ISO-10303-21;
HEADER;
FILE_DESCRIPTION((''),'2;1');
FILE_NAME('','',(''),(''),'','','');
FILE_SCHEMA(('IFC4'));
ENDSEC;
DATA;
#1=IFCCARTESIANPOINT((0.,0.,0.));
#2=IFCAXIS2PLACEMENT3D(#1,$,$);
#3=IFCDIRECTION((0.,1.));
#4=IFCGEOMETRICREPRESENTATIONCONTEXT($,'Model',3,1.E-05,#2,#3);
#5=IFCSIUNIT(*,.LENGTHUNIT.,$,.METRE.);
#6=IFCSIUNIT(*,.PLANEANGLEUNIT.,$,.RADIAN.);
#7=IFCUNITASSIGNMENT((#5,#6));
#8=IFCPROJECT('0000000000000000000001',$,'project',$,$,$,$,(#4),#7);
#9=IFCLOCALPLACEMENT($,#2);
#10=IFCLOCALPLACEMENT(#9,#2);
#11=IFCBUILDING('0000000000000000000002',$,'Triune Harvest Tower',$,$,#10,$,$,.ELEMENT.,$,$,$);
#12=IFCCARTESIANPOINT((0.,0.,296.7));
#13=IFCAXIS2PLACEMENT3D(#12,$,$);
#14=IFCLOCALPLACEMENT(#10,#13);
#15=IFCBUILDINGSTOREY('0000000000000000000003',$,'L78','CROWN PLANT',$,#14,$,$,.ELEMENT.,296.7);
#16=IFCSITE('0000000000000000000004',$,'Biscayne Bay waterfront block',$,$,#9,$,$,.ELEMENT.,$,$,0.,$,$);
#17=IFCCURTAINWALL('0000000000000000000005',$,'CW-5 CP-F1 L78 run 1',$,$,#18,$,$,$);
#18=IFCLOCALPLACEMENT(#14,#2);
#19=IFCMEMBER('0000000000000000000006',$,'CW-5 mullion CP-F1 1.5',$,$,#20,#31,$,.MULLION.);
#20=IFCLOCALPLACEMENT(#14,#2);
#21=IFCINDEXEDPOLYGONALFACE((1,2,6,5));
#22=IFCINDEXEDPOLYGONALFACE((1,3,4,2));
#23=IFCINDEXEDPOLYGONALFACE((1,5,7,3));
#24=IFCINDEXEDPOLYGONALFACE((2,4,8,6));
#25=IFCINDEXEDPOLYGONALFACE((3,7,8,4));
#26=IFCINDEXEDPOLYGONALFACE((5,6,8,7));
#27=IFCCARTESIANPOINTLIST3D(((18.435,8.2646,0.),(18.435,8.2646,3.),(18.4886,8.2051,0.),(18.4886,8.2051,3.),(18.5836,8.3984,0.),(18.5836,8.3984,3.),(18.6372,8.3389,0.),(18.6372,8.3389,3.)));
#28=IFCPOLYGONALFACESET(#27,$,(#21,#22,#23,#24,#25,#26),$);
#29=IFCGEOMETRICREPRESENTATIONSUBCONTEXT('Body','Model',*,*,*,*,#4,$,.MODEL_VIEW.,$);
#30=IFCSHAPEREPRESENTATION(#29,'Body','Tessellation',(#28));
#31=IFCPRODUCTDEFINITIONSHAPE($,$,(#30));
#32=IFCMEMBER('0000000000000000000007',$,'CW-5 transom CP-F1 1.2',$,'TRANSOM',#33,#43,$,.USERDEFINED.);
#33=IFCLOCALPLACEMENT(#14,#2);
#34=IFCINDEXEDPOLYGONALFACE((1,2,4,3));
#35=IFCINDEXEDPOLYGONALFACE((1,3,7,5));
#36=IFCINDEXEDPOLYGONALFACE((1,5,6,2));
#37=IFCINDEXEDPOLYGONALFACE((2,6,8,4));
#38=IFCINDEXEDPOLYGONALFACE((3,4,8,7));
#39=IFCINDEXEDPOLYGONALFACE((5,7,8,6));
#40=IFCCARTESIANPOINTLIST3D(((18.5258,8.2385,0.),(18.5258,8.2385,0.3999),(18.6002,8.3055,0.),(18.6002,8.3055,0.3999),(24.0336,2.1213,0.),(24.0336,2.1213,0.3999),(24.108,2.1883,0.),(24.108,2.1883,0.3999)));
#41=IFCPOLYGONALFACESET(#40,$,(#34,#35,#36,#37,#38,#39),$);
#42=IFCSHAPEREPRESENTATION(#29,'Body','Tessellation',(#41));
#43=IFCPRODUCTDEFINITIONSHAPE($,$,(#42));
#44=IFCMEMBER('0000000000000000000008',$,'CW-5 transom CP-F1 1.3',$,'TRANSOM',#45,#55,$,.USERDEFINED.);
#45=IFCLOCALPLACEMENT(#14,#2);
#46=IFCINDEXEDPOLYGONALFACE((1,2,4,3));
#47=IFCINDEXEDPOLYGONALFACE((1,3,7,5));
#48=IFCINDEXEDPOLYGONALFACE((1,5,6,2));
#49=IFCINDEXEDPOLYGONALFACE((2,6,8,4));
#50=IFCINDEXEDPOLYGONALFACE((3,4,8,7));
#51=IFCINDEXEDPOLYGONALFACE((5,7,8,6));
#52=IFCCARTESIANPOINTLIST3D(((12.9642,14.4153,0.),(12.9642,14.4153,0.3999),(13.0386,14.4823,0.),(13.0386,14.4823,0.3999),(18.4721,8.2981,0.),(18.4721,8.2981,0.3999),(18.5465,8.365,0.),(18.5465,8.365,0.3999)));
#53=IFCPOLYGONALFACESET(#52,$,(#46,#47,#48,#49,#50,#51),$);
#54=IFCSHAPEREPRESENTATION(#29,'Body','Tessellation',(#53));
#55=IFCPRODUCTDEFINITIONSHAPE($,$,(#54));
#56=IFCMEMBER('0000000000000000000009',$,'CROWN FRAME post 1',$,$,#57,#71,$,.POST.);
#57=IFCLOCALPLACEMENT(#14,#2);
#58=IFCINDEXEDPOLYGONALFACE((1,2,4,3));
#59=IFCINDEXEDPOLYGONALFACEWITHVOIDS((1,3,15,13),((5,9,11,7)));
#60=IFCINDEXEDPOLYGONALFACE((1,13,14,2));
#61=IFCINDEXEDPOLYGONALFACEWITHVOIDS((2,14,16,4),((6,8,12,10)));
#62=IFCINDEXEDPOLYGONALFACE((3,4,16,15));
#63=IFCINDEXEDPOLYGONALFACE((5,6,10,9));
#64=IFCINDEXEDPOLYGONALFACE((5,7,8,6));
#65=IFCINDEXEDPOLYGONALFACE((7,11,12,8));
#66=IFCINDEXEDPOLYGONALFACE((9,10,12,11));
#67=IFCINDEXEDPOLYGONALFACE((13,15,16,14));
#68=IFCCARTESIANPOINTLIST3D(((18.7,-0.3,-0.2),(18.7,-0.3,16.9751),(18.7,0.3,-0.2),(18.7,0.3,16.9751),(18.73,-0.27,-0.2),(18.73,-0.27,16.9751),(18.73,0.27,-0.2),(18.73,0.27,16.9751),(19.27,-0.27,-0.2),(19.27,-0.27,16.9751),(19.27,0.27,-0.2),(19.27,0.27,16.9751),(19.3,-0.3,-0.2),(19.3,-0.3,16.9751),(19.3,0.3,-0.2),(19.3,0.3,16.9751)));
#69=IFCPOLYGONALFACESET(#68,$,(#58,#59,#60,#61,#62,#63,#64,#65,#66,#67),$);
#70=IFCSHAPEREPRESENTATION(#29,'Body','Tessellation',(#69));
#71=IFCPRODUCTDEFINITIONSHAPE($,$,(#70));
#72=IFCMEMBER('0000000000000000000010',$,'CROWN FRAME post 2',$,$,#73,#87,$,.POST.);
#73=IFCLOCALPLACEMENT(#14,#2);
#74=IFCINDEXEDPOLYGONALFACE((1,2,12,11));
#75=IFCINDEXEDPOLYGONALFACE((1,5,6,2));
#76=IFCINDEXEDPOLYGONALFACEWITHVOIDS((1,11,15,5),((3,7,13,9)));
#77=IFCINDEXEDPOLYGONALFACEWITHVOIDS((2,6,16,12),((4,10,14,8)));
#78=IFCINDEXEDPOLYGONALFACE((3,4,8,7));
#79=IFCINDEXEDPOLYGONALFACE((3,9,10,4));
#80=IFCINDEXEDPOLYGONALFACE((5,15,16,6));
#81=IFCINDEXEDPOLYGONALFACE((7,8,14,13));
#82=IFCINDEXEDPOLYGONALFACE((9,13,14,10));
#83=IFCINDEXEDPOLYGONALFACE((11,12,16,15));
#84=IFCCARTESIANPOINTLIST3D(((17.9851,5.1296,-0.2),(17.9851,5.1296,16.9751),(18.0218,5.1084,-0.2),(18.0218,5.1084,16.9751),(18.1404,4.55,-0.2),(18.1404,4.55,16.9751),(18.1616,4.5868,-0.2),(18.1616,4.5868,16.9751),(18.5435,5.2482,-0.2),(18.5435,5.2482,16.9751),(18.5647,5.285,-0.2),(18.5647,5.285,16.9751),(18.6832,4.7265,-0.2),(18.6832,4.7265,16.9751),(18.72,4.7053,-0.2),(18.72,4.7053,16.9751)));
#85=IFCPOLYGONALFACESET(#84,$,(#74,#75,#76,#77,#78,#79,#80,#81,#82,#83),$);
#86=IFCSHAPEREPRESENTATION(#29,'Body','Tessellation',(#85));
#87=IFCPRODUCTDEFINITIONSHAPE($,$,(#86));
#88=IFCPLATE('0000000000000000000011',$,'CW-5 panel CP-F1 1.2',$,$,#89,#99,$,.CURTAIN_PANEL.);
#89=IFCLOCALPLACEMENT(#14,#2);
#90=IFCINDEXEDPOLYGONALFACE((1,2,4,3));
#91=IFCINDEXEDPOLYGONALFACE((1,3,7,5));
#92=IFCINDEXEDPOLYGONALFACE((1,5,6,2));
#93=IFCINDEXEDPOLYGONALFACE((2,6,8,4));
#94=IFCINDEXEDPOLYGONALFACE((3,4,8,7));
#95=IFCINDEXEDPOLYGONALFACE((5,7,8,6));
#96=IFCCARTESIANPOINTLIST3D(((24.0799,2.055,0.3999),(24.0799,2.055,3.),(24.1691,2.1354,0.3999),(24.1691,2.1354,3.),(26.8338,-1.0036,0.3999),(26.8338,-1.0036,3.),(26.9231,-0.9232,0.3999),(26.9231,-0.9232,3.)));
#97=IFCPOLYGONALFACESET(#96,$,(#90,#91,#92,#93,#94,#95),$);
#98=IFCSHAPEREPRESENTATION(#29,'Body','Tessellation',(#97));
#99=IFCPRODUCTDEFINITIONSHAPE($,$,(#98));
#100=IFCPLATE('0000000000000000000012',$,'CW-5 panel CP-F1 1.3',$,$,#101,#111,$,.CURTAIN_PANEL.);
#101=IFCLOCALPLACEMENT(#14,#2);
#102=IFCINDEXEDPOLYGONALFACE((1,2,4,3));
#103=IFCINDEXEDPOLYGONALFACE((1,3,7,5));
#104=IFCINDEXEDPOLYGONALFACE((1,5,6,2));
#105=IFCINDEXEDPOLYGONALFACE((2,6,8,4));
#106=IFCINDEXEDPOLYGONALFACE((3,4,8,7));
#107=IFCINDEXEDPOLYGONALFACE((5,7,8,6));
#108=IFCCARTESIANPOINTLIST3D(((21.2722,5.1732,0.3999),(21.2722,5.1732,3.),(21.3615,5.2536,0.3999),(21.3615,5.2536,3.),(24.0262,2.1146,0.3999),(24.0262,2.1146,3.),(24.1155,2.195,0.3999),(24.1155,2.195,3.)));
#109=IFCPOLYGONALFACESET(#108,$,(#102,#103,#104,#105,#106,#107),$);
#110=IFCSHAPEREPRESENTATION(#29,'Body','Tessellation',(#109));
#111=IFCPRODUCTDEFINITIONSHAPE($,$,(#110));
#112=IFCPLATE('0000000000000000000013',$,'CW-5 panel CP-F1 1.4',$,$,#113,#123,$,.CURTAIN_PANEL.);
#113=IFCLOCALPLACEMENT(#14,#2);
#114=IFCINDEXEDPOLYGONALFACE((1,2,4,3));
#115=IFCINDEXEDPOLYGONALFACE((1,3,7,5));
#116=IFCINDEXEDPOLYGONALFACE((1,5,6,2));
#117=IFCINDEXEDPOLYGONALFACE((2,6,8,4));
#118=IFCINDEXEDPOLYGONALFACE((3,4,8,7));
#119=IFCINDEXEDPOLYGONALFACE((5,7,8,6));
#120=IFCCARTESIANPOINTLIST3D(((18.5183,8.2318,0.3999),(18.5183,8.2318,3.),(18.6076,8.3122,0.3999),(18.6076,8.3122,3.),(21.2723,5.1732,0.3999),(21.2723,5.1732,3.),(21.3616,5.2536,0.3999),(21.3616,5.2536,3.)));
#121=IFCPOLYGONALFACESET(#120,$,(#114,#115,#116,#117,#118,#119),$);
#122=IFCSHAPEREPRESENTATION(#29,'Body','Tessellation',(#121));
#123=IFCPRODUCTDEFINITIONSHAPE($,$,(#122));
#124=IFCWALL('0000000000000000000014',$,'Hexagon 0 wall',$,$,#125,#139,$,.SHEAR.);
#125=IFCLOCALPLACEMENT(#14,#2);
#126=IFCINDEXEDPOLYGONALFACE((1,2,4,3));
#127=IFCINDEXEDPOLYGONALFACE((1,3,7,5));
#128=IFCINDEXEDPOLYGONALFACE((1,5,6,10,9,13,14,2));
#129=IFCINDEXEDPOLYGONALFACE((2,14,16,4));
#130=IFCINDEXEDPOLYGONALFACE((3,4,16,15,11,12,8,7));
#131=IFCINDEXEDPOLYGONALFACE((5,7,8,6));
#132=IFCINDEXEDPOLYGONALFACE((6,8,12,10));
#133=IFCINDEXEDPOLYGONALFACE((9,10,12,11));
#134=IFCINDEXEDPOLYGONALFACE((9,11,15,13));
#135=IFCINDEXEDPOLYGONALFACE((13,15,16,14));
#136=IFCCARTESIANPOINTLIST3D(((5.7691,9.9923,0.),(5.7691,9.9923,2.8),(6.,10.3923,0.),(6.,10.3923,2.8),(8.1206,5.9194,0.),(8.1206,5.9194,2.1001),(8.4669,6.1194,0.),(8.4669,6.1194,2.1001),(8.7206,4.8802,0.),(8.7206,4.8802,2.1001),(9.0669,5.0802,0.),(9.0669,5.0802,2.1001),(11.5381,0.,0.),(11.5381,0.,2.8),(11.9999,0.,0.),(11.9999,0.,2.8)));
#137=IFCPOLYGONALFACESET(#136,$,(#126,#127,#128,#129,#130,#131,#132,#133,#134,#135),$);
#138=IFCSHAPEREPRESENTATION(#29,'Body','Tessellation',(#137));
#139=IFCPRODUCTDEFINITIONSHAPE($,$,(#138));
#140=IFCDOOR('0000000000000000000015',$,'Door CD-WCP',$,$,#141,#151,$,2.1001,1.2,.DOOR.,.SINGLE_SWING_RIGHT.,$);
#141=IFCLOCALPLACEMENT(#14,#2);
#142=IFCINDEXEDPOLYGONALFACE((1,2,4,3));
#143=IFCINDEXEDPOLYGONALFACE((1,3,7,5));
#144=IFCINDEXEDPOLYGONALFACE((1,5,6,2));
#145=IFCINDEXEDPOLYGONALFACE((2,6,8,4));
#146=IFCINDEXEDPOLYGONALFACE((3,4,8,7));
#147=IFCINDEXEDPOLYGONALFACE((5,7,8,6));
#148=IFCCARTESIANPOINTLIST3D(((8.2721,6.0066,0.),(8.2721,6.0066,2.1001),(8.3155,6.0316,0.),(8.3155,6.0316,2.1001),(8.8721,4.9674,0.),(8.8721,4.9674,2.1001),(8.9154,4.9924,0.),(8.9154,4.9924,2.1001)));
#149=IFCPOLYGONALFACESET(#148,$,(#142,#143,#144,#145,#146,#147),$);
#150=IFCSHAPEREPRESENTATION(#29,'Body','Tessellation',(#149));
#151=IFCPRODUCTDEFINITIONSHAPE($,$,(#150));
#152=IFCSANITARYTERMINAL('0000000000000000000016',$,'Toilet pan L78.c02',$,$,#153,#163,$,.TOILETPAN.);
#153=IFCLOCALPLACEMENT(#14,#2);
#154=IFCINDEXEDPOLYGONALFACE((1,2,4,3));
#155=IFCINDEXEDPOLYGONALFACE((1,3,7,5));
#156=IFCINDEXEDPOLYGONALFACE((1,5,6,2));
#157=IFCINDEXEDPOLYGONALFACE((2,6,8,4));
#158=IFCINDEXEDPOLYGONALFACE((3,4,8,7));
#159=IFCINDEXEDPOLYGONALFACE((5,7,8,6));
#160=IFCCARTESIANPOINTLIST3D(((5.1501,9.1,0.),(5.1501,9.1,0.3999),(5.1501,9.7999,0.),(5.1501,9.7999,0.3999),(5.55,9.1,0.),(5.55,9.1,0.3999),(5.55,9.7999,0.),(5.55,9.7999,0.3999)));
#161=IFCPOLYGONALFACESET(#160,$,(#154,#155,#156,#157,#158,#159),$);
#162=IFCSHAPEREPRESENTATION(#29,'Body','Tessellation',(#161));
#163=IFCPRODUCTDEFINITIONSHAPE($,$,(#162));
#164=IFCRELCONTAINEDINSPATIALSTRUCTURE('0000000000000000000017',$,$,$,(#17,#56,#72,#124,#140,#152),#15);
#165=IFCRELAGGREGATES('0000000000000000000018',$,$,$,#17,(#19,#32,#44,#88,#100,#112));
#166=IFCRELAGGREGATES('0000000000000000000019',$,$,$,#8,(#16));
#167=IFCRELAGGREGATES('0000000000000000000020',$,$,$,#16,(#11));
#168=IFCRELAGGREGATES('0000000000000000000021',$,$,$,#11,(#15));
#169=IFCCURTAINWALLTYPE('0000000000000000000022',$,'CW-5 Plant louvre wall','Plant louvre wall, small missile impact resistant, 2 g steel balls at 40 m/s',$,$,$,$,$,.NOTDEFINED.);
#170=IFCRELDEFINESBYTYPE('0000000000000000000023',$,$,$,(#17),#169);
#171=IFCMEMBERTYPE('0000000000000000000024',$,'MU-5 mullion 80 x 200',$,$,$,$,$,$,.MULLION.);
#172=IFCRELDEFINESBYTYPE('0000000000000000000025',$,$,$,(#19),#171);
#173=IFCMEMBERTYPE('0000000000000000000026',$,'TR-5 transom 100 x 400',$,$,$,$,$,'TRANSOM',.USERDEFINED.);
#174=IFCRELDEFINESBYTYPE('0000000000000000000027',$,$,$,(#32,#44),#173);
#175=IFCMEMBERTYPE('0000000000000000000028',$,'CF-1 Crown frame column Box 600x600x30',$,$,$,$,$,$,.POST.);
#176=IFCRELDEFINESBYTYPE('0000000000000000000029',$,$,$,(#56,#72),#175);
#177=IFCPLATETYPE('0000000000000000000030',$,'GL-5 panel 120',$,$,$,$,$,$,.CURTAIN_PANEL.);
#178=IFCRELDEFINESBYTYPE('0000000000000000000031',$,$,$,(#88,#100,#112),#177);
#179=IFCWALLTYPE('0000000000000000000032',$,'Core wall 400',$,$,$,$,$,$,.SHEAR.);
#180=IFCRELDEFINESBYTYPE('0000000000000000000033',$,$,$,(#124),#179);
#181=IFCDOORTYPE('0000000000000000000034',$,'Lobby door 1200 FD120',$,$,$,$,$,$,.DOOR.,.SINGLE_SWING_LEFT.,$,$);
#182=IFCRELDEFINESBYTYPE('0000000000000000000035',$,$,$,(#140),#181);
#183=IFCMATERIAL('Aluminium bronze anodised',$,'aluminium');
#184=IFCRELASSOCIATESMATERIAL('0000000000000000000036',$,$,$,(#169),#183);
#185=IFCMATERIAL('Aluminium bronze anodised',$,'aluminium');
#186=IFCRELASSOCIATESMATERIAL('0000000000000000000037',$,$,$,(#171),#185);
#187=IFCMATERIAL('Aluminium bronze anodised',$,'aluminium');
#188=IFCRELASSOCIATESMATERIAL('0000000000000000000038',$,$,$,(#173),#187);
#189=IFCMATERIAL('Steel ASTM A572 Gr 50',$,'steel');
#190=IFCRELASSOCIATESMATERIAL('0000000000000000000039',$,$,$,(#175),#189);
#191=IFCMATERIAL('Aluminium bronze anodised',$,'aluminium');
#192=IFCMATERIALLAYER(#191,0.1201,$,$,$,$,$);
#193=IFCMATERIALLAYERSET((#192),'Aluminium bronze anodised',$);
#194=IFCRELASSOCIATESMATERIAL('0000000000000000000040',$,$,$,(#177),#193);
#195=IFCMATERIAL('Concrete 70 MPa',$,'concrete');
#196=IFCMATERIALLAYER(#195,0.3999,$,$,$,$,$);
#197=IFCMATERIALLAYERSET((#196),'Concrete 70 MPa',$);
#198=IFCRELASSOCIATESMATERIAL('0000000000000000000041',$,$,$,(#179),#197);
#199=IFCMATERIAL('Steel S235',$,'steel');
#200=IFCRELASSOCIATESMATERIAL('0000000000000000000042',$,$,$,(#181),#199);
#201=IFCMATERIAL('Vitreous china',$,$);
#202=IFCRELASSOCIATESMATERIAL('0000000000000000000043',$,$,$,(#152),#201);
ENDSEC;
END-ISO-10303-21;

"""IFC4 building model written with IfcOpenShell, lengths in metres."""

from ifc_helpers import new_model, si_unit, direction, frame, frame_2d, origin, origin_2d, place, context, subcontext, project, spatial, polyline, rectangle, hollow_rectangle, outline, extrude, source, transform, mapped, material, layer, layer_set, material_profile, profile_set, type_object, element, fill, aggregate, save


model = new_model("IFC4")

# Units and contexts
model_context = context("Model", 3, precision=1e-05, world=origin(), true_north=direction((0.0, 1.0)))
body_context = subcontext(model_context, "Body", "Model", "MODEL_VIEW")
ifc_project = project(units=[si_unit("LENGTHUNIT", "METRE"), si_unit("PLANEANGLEUNIT", "RADIAN")], contexts=[model_context])

# Site, building, storey
site_placement = place(None, origin())
site = spatial("IfcSite", under=ifc_project, at=site_placement, Name="Biscayne Bay waterfront block", CompositionType="ELEMENT", RefElevation=0.0)
building_placement = place(site_placement, origin())
building = spatial("IfcBuilding", under=site, at=building_placement, Name="Triune Harvest Tower", CompositionType="ELEMENT")
storey_placement = place(building_placement, frame((0.0, 0.0, 296.7)))
storey = spatial("IfcBuildingStorey", under=building, at=storey_placement, Name="L78", Description="CROWN PLANT", CompositionType="ELEMENT", Elevation=296.7)

# Curtain wall, members
ifc_material_1 = material(Name="Aluminium bronze anodised", Category="aluminium")
curtain_wall_type = type_object("IfcCurtainWallType", Name="CW-5 Plant louvre wall", Description="Plant louvre wall, small missile impact resistant, 2 g steel balls at 40 m/s", PredefinedType="NOTDEFINED", material=ifc_material_1)
curtain_wall_placement = place(storey_placement, origin())
curtain_wall = element("IfcCurtainWall", 1, at=curtain_wall_placement, inside=storey, type_object=curtain_wall_type, Name="CW-5 CP-F1 L78 run 1")
ifc_material_2 = material(Name="Aluminium bronze anodised", Category="aluminium")
ifc_material_profile_1 = material_profile(ifc_material_2, rectangle(XDim=0.2, YDim=0.0801, at=origin_2d()), Name="MU-5 mullion 80 x 200")
ifc_profile_set_1 = profile_set([ifc_material_profile_1], Name="Aluminium bronze anodised")
member_type_1 = type_object("IfcMemberType", Name="MU-5 mullion 80 x 200", PredefinedType="MULLION", material=ifc_profile_set_1)
shared_shape_1 = source(origin(), body_context, "Body", "SweptSolid", [
    extrude(rectangle(XDim=0.2, YDim=0.0801, at=origin_2d()), origin(), (0.0, 0.0, 1.0), 3.0),
])
member_1_placement = place(storey_placement, frame((18.5361, 8.3018, 0.0), z_axis=(0.0, 0.0, 1.0), x_axis=(-0.743144, -0.669131, 0.0)))
member_1 = element("IfcMember", 2, at=member_1_placement, type_object=member_type_1, Name="CW-5 mullion CP-F1 1.5", PredefinedType="MULLION", context=body_context, shape_type="MappedRepresentation", body=[
    mapped(shared_shape_1, transform((0.0, 0.0, 0.0), scale=1.0)),
])
ifc_material_3 = material(Name="Aluminium bronze anodised", Category="aluminium")
ifc_material_profile_2 = material_profile(ifc_material_3, rectangle(XDim=0.1001, YDim=0.3999, at=origin_2d()), Name="TR-5 transom 100 x 400")
ifc_profile_set_2 = profile_set([ifc_material_profile_2], Name="Aluminium bronze anodised")
member_type_2 = type_object("IfcMemberType", Name="TR-5 transom 100 x 400", ElementType="TRANSOM", PredefinedType="USERDEFINED", material=ifc_profile_set_2)
shared_shape_2 = source(origin(), body_context, "Body", "SweptSolid", [
    extrude(rectangle(XDim=0.1001, YDim=0.3999, at=origin_2d()), origin(), (0.0, 0.0, 1.0), 8.2314),
])
member_2_placement = place(storey_placement, frame((24.0708, 2.1548, 0.2), z_axis=(-0.669122, 0.743153, 0.0), x_axis=(-0.743153, -0.669122, 0.0)))
member_2 = element("IfcMember", 3, at=member_2_placement, type_object=member_type_2, Name="CW-5 transom CP-F1 1.2", ObjectType="TRANSOM", PredefinedType="USERDEFINED", context=body_context, shape_type="MappedRepresentation", body=[
    mapped(shared_shape_2, transform((0.0, 0.0, 0.0), scale=1.0)),
])
member_3_placement = place(storey_placement, frame((18.5093, 8.3315, 0.2), z_axis=(-0.669122, 0.743153, 0.0), x_axis=(-0.743153, -0.669122, 0.0)))
member_3 = element("IfcMember", 4, at=member_3_placement, type_object=member_type_2, Name="CW-5 transom CP-F1 1.3", ObjectType="TRANSOM", PredefinedType="USERDEFINED", context=body_context, shape_type="MappedRepresentation", body=[
    mapped(shared_shape_2, transform((0.0, 0.0, 0.0), scale=1.0)),
])

# Members
ifc_material_4 = material(Name="Steel ASTM A572 Gr 50", Category="steel")
ifc_material_profile_3 = material_profile(ifc_material_4, hollow_rectangle(XDim=0.6001, YDim=0.6001, WallThickness=0.03, at=origin_2d()), Name="Box 600x600x30")
ifc_profile_set_3 = profile_set([ifc_material_profile_3], Name="Steel ASTM A572 Gr 50")
member_type_3 = type_object("IfcMemberType", Name="CF-1 Crown frame column Box 600x600x30", PredefinedType="POST", material=ifc_profile_set_3)
shared_shape_3 = source(origin(), body_context, "Body", "SweptSolid", [
    extrude(hollow_rectangle(XDim=0.6001, YDim=0.6001, WallThickness=0.03, at=origin_2d()), origin(), (0.0, 0.0, 1.0), 17.175),
])
for number, where, z_axis, x_axis, name in (
    (5, (19.0, 0.0, -0.2), (0.0, 0.0, 1.0), (0.0, 1.0, 0.0), "CROWN FRAME post 1"),
    (6, (18.3525, 4.9175, -0.2), (0.0, 0.0, 1.0), (-0.258819, 0.965926, 0.0), "CROWN FRAME post 2"),
):
    element("IfcMember", number, at=place(storey_placement, frame(where, z_axis=z_axis, x_axis=x_axis)), inside=storey, type_object=member_type_3, Name=name, PredefinedType="POST", context=body_context, shape_type="MappedRepresentation", body=[
        mapped(shared_shape_3, transform((0.0, 0.0, 0.0), scale=1.0)),
    ])

# Plates
ifc_material_5 = material(Name="Aluminium bronze anodised", Category="aluminium")
ifc_layer_1 = layer(ifc_material_5, 0.1201)
ifc_layer_set_1 = layer_set([ifc_layer_1], Name="Aluminium bronze anodised")
plate_type = type_object("IfcPlateType", Name="GL-5 panel 120", PredefinedType="CURTAIN_PANEL", material=ifc_layer_set_1)
shared_shape_4 = source(origin(), body_context, "Body", "SweptSolid", [
    extrude(rectangle(XDim=4.1157, YDim=0.1201, at=origin_2d()), origin(), (0.0, 0.0, 1.0), 2.6001),
])
plate_1_placement = place(storey_placement, frame((25.5015, 0.5659, 0.3999), z_axis=(0.0, 0.0, 1.0), x_axis=(-0.669131, 0.743144, 0.0)))
plate_1 = element("IfcPlate", 7, at=plate_1_placement, type_object=plate_type, Name="CW-5 panel CP-F1 1.2", PredefinedType="CURTAIN_PANEL", context=body_context, shape_type="MappedRepresentation", body=[
    mapped(shared_shape_4, transform((0.0, 0.0, 0.0), scale=1.0)),
])
plate_2_placement = place(storey_placement, frame((22.6938, 3.6841, 0.3999), z_axis=(0.0, 0.0, 1.0), x_axis=(-0.669131, 0.743144, 0.0)))
plate_2 = element("IfcPlate", 8, at=plate_2_placement, type_object=plate_type, Name="CW-5 panel CP-F1 1.3", PredefinedType="CURTAIN_PANEL", context=body_context, shape_type="MappedRepresentation", body=[
    mapped(shared_shape_4, transform((0.0, 0.0, 0.0), scale=1.0)),
])
plate_3_placement = place(storey_placement, frame((19.9399, 6.7427, 0.3999), z_axis=(0.0, 0.0, 1.0), x_axis=(-0.669131, 0.743144, 0.0)))
plate_3 = element("IfcPlate", 9, at=plate_3_placement, type_object=plate_type, Name="CW-5 panel CP-F1 1.4", PredefinedType="CURTAIN_PANEL", context=body_context, shape_type="MappedRepresentation", body=[
    mapped(shared_shape_4, transform((0.0, 0.0, 0.0), scale=1.0)),
])
aggregate(curtain_wall, [member_1, member_2, member_3, plate_1, plate_2, plate_3])

# Wall, opening, door
ifc_material_6 = material(Name="Concrete 70 MPa", Category="concrete")
ifc_layer_2 = layer(ifc_material_6, 0.3999)
ifc_layer_set_2 = layer_set([ifc_layer_2], Name="Concrete 70 MPa")
wall_type = type_object("IfcWallType", Name="Core wall 400", PredefinedType="SHEAR", material=ifc_layer_set_2)
shared_shape_5 = source(origin(), body_context, "Body", "SweptSolid", [
    extrude(outline(polyline([(-0.1155, -0.2), (11.8845, -0.2), (11.6536, 0.2), (0.1155, 0.2), (-0.1155, -0.2)])), origin(), (0.0, 0.0, 1.0), 2.8),
])
wall_placement = place(storey_placement, frame((11.769, 0.0, 0.0), z_axis=(0.0, 0.0, 1.0), x_axis=(-0.499997, 0.866027, 0.0)))
wall = element("IfcWall", 10, at=wall_placement, inside=storey, type_object=wall_type, Name="Hexagon 0 wall", PredefinedType="SHEAR", context=body_context, shape_type="MappedRepresentation", body=[
    mapped(shared_shape_5, transform((0.0, 0.0, 0.0), scale=1.0)),
])
opening_placement = place(wall_placement, frame((5.7505, 0.0, 0.0)))
opening = element("IfcOpeningElement", 11, at=opening_placement, cuts=wall, PredefinedType="OPENING", context=body_context, shape_type="SweptSolid", body=[
    extrude(rectangle(XDim=1.2, YDim=2.1001, at=frame_2d((0.6001, 1.05))), frame((0.0, 0.21, 0.0), z_axis=(0.0, -1.0, 0.0), x_axis=(1.0, 0.0, 0.0)), (0.0, 0.0, 1.0), 0.4199),
])
ifc_material_7 = material(Name="Steel S235", Category="steel")
door_type = type_object("IfcDoorType", Name="Lobby door 1200 FD120", OperationType="SINGLE_SWING_LEFT", PredefinedType="DOOR", material=ifc_material_7)
door_placement = place(opening_placement, frame((1.2, 0.0, 0.0), z_axis=(0.0, 0.0, 1.0), x_axis=(-1.0, 0.0, 0.0)))
door = element("IfcDoor", 12, at=door_placement, inside=storey, type_object=door_type, Name="Door CD-WCP", OperationType="SINGLE_SWING_RIGHT", OverallHeight=2.1001, OverallWidth=1.2, PredefinedType="DOOR", context=body_context, shape_type="SweptSolid", body=[
    extrude(rectangle(XDim=1.2, YDim=2.1001, at=frame_2d((0.6001, 1.05))), frame((0.0, 0.0249, 0.0), z_axis=(0.0, -1.0, 0.0), x_axis=(1.0, 0.0, 0.0)), (0.0, 0.0, 1.0), 0.05),
])
fill(opening, door)

# Sanitary terminal
ifc_material_8 = material(Name="Vitreous china")
shared_shape_6 = source(origin(), body_context, "Body", "SweptSolid", [
    extrude(rectangle(XDim=0.3999, YDim=0.7, at=origin_2d()), origin(), (0.0, 0.0, 1.0), 0.3999),
])
sanitary_terminal_placement = place(storey_placement, frame((5.3501, 9.45, 0.0), z_axis=(0.0, 0.0, 1.0), x_axis=(1.0, 0.0, 0.0)))
element("IfcSanitaryTerminal", 13, at=sanitary_terminal_placement, inside=storey, material=ifc_material_8, Name="Toilet pan L78.c02", PredefinedType="TOILETPAN", context=body_context, shape_type="MappedRepresentation", body=[
    mapped(shared_shape_6, transform((0.0, 0.0, 0.0), scale=1.0)),
])

save(model, "model.ifc")
